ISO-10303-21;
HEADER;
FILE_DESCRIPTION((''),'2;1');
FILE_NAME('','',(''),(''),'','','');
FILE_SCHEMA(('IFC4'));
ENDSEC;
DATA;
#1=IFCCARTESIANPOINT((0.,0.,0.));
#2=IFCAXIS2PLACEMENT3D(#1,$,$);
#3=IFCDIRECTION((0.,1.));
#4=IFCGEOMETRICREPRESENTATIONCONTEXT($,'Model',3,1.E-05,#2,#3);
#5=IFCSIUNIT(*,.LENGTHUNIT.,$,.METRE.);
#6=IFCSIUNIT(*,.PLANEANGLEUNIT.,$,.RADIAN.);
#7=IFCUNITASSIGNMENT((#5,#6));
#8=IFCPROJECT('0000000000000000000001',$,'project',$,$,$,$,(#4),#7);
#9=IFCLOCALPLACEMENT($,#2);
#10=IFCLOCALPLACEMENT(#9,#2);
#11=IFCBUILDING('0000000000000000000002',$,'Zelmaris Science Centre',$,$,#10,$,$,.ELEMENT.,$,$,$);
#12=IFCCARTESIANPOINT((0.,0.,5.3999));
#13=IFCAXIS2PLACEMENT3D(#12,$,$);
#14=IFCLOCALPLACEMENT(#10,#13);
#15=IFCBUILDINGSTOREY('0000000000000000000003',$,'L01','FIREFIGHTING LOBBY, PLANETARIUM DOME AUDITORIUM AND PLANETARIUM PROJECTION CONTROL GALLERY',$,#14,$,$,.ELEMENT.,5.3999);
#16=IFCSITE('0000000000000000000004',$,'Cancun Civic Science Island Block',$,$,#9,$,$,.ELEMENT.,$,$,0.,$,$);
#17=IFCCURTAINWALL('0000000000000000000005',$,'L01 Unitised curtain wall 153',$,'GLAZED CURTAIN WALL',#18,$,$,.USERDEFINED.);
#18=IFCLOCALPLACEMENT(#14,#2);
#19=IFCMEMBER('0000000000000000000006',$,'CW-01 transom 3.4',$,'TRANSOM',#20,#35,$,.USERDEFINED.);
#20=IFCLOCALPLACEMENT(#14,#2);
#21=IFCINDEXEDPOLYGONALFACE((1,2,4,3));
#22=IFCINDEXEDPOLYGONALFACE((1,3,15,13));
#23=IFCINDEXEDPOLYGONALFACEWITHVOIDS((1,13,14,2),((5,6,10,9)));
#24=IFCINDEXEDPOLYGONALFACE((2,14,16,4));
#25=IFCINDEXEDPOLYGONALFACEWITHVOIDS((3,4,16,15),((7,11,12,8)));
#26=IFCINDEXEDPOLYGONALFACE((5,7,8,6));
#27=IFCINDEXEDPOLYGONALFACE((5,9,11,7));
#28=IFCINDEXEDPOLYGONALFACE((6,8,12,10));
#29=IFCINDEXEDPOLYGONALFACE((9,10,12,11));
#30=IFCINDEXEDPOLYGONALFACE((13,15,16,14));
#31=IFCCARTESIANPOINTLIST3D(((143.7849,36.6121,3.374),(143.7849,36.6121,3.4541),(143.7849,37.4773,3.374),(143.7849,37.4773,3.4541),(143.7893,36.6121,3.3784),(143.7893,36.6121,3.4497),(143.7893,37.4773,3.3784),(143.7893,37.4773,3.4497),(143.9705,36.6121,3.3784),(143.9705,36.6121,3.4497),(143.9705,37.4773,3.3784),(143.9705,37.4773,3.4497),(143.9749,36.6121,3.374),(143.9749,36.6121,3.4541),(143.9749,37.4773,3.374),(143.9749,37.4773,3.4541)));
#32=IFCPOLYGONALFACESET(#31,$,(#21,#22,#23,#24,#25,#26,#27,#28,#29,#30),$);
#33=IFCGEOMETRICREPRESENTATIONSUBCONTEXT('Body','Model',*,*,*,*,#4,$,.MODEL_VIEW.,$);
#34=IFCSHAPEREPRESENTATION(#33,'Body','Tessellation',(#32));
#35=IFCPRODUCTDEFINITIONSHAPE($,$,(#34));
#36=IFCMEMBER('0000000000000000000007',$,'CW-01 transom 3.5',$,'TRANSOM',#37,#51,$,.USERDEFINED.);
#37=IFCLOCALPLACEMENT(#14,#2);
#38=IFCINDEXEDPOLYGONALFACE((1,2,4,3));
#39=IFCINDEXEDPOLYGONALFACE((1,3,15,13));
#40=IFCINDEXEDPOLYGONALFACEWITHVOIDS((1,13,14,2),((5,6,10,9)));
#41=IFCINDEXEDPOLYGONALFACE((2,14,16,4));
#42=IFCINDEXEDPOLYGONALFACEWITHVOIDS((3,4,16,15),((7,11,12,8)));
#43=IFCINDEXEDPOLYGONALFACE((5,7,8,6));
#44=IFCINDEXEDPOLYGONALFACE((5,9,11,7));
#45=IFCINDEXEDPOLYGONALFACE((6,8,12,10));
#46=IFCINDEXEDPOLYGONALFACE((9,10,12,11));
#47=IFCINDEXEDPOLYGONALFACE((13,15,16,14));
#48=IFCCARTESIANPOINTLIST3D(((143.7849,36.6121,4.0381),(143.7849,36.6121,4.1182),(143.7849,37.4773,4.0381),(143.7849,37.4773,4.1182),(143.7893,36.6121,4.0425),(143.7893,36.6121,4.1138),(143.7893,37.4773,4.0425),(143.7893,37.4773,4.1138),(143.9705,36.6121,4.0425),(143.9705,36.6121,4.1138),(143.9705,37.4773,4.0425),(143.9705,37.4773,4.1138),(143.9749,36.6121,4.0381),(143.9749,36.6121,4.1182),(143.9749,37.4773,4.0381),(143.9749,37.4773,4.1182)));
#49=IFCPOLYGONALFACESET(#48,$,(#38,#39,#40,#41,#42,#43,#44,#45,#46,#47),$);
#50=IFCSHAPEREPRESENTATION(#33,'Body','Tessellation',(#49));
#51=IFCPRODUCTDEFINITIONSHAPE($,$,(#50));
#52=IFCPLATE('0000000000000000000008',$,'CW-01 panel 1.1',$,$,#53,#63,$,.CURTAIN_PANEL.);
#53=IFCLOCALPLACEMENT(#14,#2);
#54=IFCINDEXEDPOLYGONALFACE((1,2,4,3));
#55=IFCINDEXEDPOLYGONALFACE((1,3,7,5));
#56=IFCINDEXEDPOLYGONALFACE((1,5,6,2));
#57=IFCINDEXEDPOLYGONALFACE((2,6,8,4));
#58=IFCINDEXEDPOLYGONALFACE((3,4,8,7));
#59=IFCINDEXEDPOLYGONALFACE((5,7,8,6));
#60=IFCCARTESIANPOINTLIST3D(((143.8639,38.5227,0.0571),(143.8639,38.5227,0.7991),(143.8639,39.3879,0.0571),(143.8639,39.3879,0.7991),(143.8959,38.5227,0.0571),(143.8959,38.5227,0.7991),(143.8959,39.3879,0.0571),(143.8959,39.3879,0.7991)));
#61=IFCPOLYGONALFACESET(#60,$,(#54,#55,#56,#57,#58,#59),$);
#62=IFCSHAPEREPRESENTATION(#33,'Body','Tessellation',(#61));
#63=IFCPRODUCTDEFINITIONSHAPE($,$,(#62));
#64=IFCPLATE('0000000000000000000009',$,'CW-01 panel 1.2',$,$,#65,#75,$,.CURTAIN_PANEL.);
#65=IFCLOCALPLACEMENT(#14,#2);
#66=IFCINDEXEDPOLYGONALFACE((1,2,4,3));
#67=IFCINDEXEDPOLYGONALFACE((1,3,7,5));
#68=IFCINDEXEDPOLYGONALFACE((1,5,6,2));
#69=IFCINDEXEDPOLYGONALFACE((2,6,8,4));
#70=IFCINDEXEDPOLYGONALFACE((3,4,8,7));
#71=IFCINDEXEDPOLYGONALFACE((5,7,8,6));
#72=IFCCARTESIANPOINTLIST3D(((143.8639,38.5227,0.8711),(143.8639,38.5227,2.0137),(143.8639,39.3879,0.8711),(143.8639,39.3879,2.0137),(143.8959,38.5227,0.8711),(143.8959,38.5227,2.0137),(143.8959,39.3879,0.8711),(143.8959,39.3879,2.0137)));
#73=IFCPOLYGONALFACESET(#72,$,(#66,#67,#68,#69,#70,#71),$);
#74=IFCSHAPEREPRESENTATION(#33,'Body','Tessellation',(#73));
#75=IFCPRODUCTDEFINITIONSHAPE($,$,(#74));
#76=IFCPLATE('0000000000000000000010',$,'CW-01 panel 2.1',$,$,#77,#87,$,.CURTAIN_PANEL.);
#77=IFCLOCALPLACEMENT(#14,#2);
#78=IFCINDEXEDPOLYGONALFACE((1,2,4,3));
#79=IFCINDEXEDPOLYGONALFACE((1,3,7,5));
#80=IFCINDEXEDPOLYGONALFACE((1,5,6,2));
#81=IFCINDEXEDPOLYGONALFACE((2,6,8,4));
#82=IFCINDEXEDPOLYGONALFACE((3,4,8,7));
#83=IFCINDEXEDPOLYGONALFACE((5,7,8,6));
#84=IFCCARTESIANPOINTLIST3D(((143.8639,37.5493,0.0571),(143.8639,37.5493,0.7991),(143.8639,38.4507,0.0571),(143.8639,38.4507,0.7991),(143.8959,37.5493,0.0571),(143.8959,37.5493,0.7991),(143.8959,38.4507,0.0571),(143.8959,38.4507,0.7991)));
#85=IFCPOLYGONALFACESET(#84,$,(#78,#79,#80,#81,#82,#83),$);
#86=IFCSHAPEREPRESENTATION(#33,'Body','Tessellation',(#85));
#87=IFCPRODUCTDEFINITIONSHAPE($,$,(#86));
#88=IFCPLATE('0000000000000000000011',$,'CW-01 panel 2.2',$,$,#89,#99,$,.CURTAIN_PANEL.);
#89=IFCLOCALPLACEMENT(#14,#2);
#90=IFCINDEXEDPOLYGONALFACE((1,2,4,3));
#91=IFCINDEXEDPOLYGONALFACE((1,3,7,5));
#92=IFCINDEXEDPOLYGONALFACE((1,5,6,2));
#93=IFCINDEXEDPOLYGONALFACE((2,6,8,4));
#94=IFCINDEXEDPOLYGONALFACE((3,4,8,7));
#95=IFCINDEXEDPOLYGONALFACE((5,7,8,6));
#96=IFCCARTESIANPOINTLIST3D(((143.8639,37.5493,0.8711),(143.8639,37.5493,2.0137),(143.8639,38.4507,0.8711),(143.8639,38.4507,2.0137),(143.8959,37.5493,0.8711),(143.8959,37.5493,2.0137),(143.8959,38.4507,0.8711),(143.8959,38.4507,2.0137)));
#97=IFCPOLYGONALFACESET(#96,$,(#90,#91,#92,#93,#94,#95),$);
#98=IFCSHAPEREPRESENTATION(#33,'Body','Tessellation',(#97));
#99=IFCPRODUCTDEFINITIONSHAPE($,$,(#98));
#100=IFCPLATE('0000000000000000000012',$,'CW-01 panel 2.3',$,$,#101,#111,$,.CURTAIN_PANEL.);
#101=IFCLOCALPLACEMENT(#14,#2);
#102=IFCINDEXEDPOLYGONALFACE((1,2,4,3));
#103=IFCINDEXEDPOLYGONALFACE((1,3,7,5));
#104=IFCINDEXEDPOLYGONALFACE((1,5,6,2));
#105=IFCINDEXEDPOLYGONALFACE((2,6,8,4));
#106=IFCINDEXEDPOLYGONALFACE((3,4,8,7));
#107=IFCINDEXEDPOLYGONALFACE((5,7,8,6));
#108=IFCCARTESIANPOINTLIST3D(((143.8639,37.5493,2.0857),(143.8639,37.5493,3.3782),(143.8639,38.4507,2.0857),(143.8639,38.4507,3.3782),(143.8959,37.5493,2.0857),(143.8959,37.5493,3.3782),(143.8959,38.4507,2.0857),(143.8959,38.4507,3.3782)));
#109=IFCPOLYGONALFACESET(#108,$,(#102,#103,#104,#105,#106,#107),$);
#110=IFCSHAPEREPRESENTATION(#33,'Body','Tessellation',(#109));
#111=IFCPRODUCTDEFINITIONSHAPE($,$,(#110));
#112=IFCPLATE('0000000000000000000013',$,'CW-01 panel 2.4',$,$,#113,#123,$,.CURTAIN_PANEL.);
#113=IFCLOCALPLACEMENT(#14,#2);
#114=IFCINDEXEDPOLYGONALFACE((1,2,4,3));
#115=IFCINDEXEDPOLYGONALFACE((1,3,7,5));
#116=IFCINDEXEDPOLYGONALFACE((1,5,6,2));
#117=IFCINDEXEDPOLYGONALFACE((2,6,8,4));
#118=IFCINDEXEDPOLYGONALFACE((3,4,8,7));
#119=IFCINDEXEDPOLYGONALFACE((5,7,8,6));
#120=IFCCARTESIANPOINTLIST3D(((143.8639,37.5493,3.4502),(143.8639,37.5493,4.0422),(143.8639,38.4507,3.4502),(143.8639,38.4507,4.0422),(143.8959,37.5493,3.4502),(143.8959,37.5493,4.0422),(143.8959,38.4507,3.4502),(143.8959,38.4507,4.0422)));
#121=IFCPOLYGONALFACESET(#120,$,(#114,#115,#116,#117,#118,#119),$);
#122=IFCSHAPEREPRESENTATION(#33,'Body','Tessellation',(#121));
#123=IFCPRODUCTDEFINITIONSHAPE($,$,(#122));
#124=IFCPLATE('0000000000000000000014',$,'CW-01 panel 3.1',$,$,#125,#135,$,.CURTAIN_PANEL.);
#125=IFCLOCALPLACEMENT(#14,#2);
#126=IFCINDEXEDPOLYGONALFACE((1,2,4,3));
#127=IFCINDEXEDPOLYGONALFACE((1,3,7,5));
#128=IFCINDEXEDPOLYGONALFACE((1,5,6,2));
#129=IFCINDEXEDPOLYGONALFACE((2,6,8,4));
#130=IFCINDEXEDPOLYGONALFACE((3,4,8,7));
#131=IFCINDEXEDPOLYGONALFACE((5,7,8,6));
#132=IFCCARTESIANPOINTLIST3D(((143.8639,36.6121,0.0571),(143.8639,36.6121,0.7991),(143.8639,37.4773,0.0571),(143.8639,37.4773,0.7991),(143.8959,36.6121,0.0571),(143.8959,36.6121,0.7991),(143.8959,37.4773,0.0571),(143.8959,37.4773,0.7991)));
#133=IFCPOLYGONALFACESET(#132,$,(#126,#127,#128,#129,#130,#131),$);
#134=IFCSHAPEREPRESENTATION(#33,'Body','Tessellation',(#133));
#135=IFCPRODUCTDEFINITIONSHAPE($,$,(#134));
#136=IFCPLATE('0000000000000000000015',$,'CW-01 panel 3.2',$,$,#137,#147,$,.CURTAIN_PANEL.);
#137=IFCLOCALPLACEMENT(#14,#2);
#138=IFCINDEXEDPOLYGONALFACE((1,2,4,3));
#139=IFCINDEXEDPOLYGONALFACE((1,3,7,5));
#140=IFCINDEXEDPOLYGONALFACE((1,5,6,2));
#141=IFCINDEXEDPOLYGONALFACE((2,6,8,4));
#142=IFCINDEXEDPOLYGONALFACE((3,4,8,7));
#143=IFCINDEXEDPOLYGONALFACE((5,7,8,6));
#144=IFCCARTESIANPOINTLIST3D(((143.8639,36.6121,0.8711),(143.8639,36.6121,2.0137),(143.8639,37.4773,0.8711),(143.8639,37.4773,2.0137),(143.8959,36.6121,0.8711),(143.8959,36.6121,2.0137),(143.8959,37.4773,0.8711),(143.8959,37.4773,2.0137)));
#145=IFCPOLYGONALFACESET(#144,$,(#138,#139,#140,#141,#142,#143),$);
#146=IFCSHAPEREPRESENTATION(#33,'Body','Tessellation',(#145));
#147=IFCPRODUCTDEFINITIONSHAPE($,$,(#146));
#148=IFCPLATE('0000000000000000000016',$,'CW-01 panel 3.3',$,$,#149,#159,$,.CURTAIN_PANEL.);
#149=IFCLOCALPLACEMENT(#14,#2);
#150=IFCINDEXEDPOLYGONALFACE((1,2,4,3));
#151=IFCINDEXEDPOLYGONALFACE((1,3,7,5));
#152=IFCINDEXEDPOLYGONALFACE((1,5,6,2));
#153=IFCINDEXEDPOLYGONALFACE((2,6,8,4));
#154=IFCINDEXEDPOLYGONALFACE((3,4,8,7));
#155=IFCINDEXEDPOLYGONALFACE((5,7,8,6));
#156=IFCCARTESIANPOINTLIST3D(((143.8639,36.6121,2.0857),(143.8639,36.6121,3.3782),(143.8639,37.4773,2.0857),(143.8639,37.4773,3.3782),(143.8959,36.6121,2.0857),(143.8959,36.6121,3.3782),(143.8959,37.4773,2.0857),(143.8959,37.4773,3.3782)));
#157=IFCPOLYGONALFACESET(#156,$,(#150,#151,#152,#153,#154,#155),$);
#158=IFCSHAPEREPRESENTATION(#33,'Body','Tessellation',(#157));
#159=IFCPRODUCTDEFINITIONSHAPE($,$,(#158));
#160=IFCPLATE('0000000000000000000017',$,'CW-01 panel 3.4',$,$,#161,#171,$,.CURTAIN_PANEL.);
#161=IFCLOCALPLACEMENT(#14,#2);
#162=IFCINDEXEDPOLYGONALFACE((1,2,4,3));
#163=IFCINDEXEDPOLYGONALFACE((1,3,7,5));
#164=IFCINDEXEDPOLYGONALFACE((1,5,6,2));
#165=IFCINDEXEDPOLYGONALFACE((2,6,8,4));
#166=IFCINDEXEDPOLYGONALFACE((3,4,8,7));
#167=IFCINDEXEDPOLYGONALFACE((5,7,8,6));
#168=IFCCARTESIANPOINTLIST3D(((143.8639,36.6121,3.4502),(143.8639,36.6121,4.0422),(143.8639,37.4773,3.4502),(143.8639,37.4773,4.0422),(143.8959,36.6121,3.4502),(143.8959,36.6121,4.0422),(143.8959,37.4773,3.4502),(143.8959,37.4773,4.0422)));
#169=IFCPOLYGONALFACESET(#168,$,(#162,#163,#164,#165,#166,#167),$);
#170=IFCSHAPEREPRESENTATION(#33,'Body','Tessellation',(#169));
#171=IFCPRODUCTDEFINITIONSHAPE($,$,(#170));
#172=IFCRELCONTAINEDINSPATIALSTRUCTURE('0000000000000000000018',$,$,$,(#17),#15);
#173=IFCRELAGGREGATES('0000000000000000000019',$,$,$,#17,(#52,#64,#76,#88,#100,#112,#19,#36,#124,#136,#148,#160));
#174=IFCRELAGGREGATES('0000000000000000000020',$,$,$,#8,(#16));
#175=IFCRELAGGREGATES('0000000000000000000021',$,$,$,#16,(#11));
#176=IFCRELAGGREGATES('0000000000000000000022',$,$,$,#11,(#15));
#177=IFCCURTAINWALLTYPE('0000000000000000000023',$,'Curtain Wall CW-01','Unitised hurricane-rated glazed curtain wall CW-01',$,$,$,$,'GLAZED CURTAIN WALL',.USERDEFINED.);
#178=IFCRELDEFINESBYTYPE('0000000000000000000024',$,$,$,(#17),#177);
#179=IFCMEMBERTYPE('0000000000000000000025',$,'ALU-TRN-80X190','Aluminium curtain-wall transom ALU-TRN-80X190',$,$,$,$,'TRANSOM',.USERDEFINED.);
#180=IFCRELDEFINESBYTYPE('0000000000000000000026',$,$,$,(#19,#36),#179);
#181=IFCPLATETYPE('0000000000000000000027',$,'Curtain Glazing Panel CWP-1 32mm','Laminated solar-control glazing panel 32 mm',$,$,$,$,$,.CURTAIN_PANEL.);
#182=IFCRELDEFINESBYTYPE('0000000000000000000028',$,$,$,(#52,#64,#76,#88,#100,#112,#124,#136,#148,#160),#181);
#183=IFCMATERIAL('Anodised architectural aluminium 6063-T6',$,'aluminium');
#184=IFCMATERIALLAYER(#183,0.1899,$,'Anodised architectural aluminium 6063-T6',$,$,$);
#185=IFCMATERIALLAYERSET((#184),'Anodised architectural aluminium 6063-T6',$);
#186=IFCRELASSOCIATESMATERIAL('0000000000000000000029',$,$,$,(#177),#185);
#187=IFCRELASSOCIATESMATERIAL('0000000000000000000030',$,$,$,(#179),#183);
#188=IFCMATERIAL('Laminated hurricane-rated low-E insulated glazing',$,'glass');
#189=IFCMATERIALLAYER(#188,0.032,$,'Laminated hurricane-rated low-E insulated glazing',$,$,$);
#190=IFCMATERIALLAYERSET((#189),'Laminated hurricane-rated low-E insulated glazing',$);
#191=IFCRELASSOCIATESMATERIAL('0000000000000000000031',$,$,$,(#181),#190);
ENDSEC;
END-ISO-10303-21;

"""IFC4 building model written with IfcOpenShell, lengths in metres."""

from ifc_helpers import new_model, si_unit, direction, frame, origin, origin_2d, place, context, subcontext, project, spatial, rectangle, hollow_rectangle, extrude, material, layer, layer_set, material_profile, profile_set, type_object, element, aggregate, save


model = new_model("IFC4")

# Units and contexts
model_context = context("Model", 3, precision=1e-05, world=origin(), true_north=direction((0.0, 1.0)))
body_context = subcontext(model_context, "Body", "Model", "MODEL_VIEW")
ifc_project = project(units=[si_unit("LENGTHUNIT", "METRE"), si_unit("PLANEANGLEUNIT", "RADIAN")], contexts=[model_context])

# Site, building, storey
site_placement = place(None, origin())
site = spatial("IfcSite", under=ifc_project, at=site_placement, Name="Cancun Civic Science Island Block", CompositionType="ELEMENT", RefElevation=0.0)
building_placement = place(site_placement, origin())
building = spatial("IfcBuilding", under=site, at=building_placement, Name="Zelmaris Science Centre", CompositionType="ELEMENT")
storey_placement = place(building_placement, frame((0.0, 0.0, 5.3999)))
storey = spatial("IfcBuildingStorey", under=building, at=storey_placement, Name="L01", Description="FIREFIGHTING LOBBY, PLANETARIUM DOME AUDITORIUM AND PLANETARIUM PROJECTION CONTROL GALLERY", CompositionType="ELEMENT", Elevation=5.3999)

# Curtain wall, members, plates
ifc_material_1 = material(Name="Anodised architectural aluminium 6063-T6", Category="aluminium")
ifc_layer_1 = layer(ifc_material_1, 0.1899, Name="Anodised architectural aluminium 6063-T6")
ifc_layer_set_1 = layer_set([ifc_layer_1], Name="Anodised architectural aluminium 6063-T6")
curtain_wall_type = type_object("IfcCurtainWallType", Name="Curtain Wall CW-01", Description="Unitised hurricane-rated glazed curtain wall CW-01", ElementType="GLAZED CURTAIN WALL", PredefinedType="USERDEFINED", material=ifc_layer_set_1)
curtain_wall_placement = place(storey_placement, origin())
curtain_wall = element("IfcCurtainWall", 1, at=curtain_wall_placement, inside=storey, type_object=curtain_wall_type, Name="L01 Unitised curtain wall 153", ObjectType="GLAZED CURTAIN WALL", PredefinedType="USERDEFINED")
ifc_material_profile_1 = material_profile(ifc_material_1, hollow_rectangle(XDim=0.0801, YDim=0.1899, WallThickness=0.0044, at=origin_2d()), Name="ALU-TRN-80X190")
ifc_profile_set_1 = profile_set([ifc_material_profile_1], Name="Anodised architectural aluminium 6063-T6")
member_type_1 = type_object("IfcMemberType", Name="ALU-TRN-80X190", Description="Aluminium curtain-wall transom ALU-TRN-80X190", ElementType="TRANSOM", PredefinedType="USERDEFINED", material=ifc_profile_set_1)
member_1_placement = place(storey_placement, frame((143.8799, 37.4773, 3.4141), z_axis=(0.0, -1.0, 0.0), x_axis=(0.0, 0.0, 1.0)))
member_1 = element("IfcMember", 2, at=member_1_placement, type_object=member_type_1, Name="CW-01 transom 3.4", ObjectType="TRANSOM", PredefinedType="USERDEFINED", context=body_context, shape_type="SweptSolid", body=[
    extrude(hollow_rectangle(XDim=0.0801, YDim=0.1899, WallThickness=0.0044, at=origin_2d()), origin(), (0.0, 0.0, 1.0), 0.8652),
])
member_2_placement = place(storey_placement, frame((143.8799, 37.4773, 4.0781), z_axis=(0.0, -1.0, 0.0), x_axis=(0.0, 0.0, 1.0)))
member_2 = element("IfcMember", 3, at=member_2_placement, type_object=member_type_1, Name="CW-01 transom 3.5", ObjectType="TRANSOM", PredefinedType="USERDEFINED", context=body_context, shape_type="SweptSolid", body=[
    extrude(hollow_rectangle(XDim=0.0801, YDim=0.1899, WallThickness=0.0044, at=origin_2d()), origin(), (0.0, 0.0, 1.0), 0.8652),
])
ifc_material_2 = material(Name="Laminated hurricane-rated low-E insulated glazing", Category="glass")
ifc_layer_2 = layer(ifc_material_2, 0.032, Name="Laminated hurricane-rated low-E insulated glazing")
ifc_layer_set_2 = layer_set([ifc_layer_2], Name="Laminated hurricane-rated low-E insulated glazing")
plate_type = type_object("IfcPlateType", Name="Curtain Glazing Panel CWP-1 32mm", Description="Laminated solar-control glazing panel 32 mm", PredefinedType="CURTAIN_PANEL", material=ifc_layer_set_2)
plate_1_placement = place(storey_placement, frame((143.8799, 38.9553, 0.0571), z_axis=(0.0, 0.0, 1.0), x_axis=(0.0, -1.0, 0.0)))
plate_1 = element("IfcPlate", 4, at=plate_1_placement, type_object=plate_type, Name="CW-01 panel 1.1", PredefinedType="CURTAIN_PANEL", context=body_context, shape_type="SweptSolid", body=[
    extrude(rectangle(XDim=0.8652, YDim=0.032, at=origin_2d()), origin(), (0.0, 0.0, 1.0), 0.7419),
])
plate_2_placement = place(storey_placement, frame((143.8799, 38.9553, 0.8711), z_axis=(0.0, 0.0, 1.0), x_axis=(0.0, -1.0, 0.0)))
plate_2 = element("IfcPlate", 5, at=plate_2_placement, type_object=plate_type, Name="CW-01 panel 1.2", PredefinedType="CURTAIN_PANEL", context=body_context, shape_type="SweptSolid", body=[
    extrude(rectangle(XDim=0.8652, YDim=0.032, at=origin_2d()), origin(), (0.0, 0.0, 1.0), 1.1426),
])
plate_3_placement = place(storey_placement, frame((143.8799, 38.0, 0.0571), z_axis=(0.0, 0.0, 1.0), x_axis=(0.0, -1.0, 0.0)))
plate_3 = element("IfcPlate", 6, at=plate_3_placement, type_object=plate_type, Name="CW-01 panel 2.1", PredefinedType="CURTAIN_PANEL", context=body_context, shape_type="SweptSolid", body=[
    extrude(rectangle(XDim=0.9014, YDim=0.032, at=origin_2d()), origin(), (0.0, 0.0, 1.0), 0.7419),
])
plate_4_placement = place(storey_placement, frame((143.8799, 38.0, 0.8711), z_axis=(0.0, 0.0, 1.0), x_axis=(0.0, -1.0, 0.0)))
plate_4 = element("IfcPlate", 7, at=plate_4_placement, type_object=plate_type, Name="CW-01 panel 2.2", PredefinedType="CURTAIN_PANEL", context=body_context, shape_type="SweptSolid", body=[
    extrude(rectangle(XDim=0.9014, YDim=0.032, at=origin_2d()), origin(), (0.0, 0.0, 1.0), 1.1426),
])
plate_5_placement = place(storey_placement, frame((143.8799, 38.0, 2.0857), z_axis=(0.0, 0.0, 1.0), x_axis=(0.0, -1.0, 0.0)))
plate_5 = element("IfcPlate", 8, at=plate_5_placement, type_object=plate_type, Name="CW-01 panel 2.3", PredefinedType="CURTAIN_PANEL", context=body_context, shape_type="SweptSolid", body=[
    extrude(rectangle(XDim=0.9014, YDim=0.032, at=origin_2d()), origin(), (0.0, 0.0, 1.0), 1.2925),
])
plate_6_placement = place(storey_placement, frame((143.8799, 38.0, 3.4502), z_axis=(0.0, 0.0, 1.0), x_axis=(0.0, -1.0, 0.0)))
plate_6 = element("IfcPlate", 9, at=plate_6_placement, type_object=plate_type, Name="CW-01 panel 2.4", PredefinedType="CURTAIN_PANEL", context=body_context, shape_type="SweptSolid", body=[
    extrude(rectangle(XDim=0.9014, YDim=0.032, at=origin_2d()), origin(), (0.0, 0.0, 1.0), 0.592),
])
plate_7_placement = place(storey_placement, frame((143.8799, 37.0447, 0.0571), z_axis=(0.0, 0.0, 1.0), x_axis=(0.0, -1.0, 0.0)))
plate_7 = element("IfcPlate", 10, at=plate_7_placement, type_object=plate_type, Name="CW-01 panel 3.1", PredefinedType="CURTAIN_PANEL", context=body_context, shape_type="SweptSolid", body=[
    extrude(rectangle(XDim=0.8652, YDim=0.032, at=origin_2d()), origin(), (0.0, 0.0, 1.0), 0.7419),
])
plate_8_placement = place(storey_placement, frame((143.8799, 37.0447, 0.8711), z_axis=(0.0, 0.0, 1.0), x_axis=(0.0, -1.0, 0.0)))
plate_8 = element("IfcPlate", 11, at=plate_8_placement, type_object=plate_type, Name="CW-01 panel 3.2", PredefinedType="CURTAIN_PANEL", context=body_context, shape_type="SweptSolid", body=[
    extrude(rectangle(XDim=0.8652, YDim=0.032, at=origin_2d()), origin(), (0.0, 0.0, 1.0), 1.1426),
])
plate_9_placement = place(storey_placement, frame((143.8799, 37.0447, 2.0857), z_axis=(0.0, 0.0, 1.0), x_axis=(0.0, -1.0, 0.0)))
plate_9 = element("IfcPlate", 12, at=plate_9_placement, type_object=plate_type, Name="CW-01 panel 3.3", PredefinedType="CURTAIN_PANEL", context=body_context, shape_type="SweptSolid", body=[
    extrude(rectangle(XDim=0.8652, YDim=0.032, at=origin_2d()), origin(), (0.0, 0.0, 1.0), 1.2925),
])
plate_10_placement = place(storey_placement, frame((143.8799, 37.0447, 3.4502), z_axis=(0.0, 0.0, 1.0), x_axis=(0.0, -1.0, 0.0)))
plate_10 = element("IfcPlate", 13, at=plate_10_placement, type_object=plate_type, Name="CW-01 panel 3.4", PredefinedType="CURTAIN_PANEL", context=body_context, shape_type="SweptSolid", body=[
    extrude(rectangle(XDim=0.8652, YDim=0.032, at=origin_2d()), origin(), (0.0, 0.0, 1.0), 0.592),
])
aggregate(curtain_wall, [plate_1, plate_2, plate_3, plate_4, plate_5, plate_6, member_1, member_2, plate_7, plate_8, plate_9, plate_10])

save(model, "model.ifc")
